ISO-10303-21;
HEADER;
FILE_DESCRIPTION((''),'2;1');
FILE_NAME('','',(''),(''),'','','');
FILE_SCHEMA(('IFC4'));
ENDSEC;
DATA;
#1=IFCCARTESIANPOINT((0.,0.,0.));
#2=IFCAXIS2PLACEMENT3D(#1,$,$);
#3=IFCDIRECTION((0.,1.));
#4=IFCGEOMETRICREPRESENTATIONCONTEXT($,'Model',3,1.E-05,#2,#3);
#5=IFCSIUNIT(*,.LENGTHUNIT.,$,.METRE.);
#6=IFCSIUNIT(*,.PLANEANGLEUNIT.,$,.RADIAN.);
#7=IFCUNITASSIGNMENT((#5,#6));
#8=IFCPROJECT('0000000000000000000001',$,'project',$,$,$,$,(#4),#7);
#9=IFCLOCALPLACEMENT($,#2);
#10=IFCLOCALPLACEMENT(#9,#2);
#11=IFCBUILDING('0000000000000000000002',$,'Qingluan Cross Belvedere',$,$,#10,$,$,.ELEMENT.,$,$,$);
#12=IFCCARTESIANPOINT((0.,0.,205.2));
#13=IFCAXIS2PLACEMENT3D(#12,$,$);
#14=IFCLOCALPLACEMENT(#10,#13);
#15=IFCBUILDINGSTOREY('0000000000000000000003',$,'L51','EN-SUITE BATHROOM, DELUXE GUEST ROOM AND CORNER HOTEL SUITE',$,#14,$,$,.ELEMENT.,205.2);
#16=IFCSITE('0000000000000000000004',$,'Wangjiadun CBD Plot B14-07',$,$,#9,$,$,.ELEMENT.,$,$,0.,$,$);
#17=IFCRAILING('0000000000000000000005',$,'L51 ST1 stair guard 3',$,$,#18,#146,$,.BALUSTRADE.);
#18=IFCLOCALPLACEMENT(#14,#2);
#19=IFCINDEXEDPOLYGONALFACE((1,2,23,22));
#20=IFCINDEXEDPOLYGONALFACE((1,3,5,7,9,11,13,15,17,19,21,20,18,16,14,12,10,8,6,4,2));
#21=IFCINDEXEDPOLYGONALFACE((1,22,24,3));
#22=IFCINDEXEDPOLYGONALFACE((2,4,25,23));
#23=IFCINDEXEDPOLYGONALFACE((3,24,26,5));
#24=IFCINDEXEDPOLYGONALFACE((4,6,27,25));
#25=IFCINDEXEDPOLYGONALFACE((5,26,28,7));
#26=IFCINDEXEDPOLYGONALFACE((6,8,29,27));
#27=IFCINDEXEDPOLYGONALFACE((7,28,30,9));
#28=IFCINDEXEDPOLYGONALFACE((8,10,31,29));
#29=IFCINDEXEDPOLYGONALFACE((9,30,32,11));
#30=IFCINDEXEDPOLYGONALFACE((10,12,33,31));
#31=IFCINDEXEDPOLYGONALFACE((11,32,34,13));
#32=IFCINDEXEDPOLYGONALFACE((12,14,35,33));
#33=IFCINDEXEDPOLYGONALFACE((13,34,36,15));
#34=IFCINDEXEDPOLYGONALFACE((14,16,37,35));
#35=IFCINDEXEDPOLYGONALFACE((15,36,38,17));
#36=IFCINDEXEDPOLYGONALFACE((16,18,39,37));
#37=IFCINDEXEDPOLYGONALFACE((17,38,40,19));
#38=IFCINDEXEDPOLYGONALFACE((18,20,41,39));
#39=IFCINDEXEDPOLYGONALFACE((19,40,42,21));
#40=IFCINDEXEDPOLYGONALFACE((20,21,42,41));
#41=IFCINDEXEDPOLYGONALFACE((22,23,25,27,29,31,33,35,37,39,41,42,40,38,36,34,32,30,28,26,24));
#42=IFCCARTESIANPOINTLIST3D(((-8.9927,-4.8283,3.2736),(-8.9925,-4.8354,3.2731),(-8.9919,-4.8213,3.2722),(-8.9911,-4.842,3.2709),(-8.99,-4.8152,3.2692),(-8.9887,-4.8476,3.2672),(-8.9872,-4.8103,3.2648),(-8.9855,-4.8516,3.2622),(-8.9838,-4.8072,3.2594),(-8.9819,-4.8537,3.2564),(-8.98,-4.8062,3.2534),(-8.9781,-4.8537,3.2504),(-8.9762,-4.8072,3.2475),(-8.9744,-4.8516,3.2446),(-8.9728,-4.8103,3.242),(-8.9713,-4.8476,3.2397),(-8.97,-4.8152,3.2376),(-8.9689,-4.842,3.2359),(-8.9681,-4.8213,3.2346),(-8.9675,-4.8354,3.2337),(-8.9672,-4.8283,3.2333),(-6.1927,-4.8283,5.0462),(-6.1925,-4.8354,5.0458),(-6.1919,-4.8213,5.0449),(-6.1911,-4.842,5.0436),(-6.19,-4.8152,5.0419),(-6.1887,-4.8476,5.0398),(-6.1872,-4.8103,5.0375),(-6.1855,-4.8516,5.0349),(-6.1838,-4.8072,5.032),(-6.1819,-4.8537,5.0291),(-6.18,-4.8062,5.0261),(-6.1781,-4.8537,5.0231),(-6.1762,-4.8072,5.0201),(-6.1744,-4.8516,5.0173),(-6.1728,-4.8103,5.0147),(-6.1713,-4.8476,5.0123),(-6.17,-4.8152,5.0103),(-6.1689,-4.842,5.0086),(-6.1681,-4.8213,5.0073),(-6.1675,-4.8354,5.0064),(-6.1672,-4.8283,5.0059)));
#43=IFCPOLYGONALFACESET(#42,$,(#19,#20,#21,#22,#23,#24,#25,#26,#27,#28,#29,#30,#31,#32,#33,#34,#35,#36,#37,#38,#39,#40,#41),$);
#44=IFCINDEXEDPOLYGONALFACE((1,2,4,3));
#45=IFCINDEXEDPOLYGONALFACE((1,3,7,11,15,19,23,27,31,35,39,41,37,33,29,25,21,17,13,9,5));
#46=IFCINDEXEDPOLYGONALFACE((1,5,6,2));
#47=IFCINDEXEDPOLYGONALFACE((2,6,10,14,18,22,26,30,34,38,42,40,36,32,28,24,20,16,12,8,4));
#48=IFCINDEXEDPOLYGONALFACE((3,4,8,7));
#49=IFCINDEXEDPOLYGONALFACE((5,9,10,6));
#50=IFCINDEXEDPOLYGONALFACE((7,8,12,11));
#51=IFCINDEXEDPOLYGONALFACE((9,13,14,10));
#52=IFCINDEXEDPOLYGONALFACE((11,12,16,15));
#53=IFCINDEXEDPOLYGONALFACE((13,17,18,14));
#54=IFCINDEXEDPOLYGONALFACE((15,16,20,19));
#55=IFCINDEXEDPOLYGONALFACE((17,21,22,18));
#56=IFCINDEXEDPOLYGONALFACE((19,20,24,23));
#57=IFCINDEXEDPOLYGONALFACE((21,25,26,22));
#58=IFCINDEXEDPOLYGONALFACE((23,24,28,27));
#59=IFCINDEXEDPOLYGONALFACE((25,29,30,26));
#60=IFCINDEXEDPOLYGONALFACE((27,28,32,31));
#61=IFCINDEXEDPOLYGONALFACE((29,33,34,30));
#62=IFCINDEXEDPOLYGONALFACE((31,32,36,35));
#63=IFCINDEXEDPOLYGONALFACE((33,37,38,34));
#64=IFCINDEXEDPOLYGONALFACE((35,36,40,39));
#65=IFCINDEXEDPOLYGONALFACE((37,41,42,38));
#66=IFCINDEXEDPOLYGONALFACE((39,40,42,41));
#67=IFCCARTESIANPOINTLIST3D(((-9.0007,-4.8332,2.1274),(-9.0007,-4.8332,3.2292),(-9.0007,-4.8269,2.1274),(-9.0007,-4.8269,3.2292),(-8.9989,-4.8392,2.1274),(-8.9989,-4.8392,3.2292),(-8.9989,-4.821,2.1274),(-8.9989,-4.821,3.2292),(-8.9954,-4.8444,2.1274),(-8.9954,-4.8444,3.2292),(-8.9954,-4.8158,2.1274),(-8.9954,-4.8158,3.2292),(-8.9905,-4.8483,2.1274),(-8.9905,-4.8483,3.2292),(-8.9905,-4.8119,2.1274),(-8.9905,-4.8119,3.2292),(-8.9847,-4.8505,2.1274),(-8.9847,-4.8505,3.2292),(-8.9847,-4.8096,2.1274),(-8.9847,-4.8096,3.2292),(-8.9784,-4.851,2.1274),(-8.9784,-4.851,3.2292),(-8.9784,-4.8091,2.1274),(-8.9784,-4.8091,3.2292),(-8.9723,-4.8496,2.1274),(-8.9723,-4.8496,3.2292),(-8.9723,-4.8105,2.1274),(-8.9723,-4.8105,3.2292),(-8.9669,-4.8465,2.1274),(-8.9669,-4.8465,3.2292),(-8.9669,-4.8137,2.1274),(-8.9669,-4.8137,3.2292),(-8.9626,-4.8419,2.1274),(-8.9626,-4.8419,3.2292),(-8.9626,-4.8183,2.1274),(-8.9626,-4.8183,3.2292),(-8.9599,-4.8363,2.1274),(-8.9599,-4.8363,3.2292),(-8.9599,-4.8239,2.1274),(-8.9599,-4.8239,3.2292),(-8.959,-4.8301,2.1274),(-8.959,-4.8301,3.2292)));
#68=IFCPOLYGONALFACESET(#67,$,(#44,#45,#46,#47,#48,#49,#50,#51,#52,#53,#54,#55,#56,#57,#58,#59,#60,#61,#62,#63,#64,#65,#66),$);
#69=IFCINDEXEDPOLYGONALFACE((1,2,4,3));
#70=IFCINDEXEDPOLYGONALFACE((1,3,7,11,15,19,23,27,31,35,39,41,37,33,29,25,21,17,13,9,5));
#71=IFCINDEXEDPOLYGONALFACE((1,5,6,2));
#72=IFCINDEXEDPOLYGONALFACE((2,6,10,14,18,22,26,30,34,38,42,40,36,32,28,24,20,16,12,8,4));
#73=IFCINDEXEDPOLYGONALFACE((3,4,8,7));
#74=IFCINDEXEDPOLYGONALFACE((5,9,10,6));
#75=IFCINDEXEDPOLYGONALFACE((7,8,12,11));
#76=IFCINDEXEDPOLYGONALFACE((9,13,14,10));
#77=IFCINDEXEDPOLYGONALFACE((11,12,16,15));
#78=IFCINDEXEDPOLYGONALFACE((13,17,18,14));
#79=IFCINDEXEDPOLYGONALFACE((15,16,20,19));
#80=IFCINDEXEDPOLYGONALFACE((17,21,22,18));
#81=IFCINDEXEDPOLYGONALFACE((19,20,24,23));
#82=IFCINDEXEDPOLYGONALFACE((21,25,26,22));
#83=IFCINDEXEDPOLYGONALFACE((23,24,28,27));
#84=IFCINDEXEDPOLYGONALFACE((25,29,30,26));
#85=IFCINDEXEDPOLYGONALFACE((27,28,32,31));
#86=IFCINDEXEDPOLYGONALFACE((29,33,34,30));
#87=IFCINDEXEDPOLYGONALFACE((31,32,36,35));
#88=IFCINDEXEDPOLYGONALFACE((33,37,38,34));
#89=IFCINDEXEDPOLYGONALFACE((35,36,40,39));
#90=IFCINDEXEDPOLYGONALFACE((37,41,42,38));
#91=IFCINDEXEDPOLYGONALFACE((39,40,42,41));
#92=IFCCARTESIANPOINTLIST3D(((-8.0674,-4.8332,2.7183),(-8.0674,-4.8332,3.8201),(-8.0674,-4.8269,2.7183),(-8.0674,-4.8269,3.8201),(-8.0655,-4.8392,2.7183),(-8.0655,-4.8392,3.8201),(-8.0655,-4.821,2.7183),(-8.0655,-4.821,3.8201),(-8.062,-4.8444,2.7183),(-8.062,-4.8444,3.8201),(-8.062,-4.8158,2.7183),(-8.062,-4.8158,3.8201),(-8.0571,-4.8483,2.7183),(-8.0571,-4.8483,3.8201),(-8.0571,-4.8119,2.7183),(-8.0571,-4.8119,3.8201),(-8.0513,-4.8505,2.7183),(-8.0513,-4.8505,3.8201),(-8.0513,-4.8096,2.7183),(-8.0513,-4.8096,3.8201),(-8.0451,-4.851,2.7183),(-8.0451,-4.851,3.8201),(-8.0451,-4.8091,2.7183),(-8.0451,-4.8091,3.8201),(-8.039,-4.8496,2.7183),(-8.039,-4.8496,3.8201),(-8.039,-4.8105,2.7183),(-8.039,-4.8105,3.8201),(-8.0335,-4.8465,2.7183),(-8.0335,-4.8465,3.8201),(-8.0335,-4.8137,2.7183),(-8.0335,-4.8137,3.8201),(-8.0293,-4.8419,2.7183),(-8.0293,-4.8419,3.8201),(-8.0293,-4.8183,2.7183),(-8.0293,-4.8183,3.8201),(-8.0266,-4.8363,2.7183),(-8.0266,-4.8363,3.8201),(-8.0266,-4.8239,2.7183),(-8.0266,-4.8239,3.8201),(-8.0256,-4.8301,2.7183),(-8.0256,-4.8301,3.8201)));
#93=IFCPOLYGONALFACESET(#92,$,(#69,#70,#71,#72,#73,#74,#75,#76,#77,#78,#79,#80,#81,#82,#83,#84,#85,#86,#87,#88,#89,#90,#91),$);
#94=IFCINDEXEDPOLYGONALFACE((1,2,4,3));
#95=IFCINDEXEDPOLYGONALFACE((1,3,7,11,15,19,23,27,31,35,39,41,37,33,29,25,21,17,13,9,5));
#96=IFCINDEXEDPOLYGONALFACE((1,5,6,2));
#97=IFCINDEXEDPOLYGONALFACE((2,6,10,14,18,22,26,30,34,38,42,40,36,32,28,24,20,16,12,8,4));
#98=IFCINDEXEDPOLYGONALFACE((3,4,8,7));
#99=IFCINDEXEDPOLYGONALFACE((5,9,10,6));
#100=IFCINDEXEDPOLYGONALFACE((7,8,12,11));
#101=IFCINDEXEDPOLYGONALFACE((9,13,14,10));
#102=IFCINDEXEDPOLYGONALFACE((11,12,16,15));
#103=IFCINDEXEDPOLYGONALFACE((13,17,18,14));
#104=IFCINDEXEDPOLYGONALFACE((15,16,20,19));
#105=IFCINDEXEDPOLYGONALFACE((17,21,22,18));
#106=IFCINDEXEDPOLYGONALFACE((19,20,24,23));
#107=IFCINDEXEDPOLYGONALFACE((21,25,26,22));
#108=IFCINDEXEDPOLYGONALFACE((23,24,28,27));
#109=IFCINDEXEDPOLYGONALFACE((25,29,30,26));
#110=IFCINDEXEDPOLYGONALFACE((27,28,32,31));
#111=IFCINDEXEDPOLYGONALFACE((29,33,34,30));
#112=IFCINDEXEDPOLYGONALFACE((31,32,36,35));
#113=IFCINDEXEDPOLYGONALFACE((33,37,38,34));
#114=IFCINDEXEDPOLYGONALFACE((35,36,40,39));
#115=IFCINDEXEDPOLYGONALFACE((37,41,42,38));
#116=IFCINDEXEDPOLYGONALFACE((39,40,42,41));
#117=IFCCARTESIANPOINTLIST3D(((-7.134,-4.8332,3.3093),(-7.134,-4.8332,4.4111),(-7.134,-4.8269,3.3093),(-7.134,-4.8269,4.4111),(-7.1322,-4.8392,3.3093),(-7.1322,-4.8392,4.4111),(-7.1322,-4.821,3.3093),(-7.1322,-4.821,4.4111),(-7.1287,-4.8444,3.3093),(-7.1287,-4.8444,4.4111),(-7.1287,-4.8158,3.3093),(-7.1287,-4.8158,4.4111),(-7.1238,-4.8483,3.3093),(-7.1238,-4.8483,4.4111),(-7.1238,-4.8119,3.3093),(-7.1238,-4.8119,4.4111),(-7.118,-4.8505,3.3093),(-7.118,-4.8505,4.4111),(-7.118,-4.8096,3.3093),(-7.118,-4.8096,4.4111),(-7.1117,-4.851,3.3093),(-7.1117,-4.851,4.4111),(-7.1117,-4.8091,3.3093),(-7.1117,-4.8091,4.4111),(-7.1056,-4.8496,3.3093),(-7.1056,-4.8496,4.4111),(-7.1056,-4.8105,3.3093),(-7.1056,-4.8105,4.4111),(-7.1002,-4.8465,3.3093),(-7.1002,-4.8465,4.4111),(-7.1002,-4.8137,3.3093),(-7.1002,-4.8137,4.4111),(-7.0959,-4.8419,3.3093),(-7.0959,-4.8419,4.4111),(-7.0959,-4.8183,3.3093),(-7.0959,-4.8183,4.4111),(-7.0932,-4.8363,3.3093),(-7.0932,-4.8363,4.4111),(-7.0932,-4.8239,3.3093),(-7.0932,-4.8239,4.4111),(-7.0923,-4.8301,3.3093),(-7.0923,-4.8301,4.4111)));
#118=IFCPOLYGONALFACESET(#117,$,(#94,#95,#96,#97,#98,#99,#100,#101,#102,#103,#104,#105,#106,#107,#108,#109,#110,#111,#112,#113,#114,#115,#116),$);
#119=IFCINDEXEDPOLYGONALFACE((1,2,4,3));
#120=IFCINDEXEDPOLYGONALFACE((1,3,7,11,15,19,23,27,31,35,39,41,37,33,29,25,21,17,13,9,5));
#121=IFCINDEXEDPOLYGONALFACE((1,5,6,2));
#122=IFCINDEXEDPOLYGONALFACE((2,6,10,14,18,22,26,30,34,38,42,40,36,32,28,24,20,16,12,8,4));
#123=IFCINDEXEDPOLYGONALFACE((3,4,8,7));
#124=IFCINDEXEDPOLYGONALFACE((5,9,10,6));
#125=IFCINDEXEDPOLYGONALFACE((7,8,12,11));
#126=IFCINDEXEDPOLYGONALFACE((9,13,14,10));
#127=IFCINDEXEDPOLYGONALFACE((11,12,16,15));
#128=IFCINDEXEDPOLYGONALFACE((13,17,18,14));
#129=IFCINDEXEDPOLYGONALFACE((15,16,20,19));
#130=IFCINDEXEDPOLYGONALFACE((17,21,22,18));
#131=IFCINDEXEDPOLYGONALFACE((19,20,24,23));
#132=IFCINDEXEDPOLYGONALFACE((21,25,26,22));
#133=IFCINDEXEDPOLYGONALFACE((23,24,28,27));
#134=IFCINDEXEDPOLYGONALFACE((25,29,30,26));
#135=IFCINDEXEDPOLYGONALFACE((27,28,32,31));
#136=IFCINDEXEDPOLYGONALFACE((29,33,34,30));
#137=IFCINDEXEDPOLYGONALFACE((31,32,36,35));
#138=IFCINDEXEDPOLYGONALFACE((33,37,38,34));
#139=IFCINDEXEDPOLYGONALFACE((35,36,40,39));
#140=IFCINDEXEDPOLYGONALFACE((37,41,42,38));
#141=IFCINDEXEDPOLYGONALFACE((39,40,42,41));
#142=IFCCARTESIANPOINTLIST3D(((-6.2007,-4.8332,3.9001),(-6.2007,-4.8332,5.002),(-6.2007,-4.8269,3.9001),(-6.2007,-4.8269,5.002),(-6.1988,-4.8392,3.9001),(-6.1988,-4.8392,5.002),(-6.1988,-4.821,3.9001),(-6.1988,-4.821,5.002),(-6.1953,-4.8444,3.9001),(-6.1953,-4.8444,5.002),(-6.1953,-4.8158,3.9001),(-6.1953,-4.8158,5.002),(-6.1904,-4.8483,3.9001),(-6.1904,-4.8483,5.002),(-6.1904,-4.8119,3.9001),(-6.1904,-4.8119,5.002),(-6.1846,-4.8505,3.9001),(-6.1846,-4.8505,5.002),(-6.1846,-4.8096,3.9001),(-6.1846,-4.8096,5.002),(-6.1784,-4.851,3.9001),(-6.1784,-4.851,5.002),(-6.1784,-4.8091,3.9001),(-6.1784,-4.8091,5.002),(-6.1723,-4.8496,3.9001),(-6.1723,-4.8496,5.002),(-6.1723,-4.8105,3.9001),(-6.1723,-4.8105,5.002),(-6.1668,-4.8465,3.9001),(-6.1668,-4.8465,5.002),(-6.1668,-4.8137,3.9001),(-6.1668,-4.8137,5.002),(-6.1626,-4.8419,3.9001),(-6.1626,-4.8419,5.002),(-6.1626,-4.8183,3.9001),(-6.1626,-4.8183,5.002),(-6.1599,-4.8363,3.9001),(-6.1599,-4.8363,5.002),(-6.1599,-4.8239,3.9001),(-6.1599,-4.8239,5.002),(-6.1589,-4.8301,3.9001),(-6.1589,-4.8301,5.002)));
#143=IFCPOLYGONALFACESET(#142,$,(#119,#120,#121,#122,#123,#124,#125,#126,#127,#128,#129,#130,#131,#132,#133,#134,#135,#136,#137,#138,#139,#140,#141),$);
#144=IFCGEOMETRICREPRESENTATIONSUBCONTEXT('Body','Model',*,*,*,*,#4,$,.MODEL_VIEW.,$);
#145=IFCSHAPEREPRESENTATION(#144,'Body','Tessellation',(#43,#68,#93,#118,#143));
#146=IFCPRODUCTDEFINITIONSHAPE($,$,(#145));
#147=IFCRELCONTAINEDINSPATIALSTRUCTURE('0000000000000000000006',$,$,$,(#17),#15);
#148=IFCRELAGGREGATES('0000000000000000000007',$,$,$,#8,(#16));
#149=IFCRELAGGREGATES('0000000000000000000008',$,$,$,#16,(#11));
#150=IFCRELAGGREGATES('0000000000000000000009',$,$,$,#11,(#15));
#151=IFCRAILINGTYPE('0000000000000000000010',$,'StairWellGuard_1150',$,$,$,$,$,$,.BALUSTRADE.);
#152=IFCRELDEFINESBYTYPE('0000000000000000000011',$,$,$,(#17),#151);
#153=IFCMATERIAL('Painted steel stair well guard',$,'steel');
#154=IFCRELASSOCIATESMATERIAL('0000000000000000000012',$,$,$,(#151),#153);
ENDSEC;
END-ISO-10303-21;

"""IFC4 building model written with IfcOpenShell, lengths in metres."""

from ifc_helpers import new_model, si_unit, direction, frame, origin, origin_2d, place, context, subcontext, project, spatial, circle, extrude, material, type_object, element, save


model = new_model("IFC4")

# Units and contexts
model_context = context("Model", 3, precision=1e-05, world=origin(), true_north=direction((0.0, 1.0)))
body_context = subcontext(model_context, "Body", "Model", "MODEL_VIEW")
ifc_project = project(units=[si_unit("LENGTHUNIT", "METRE"), si_unit("PLANEANGLEUNIT", "RADIAN")], contexts=[model_context])

# Site, building, storey
site_placement = place(None, origin())
site = spatial("IfcSite", under=ifc_project, at=site_placement, Name="Wangjiadun CBD Plot B14-07", CompositionType="ELEMENT", RefElevation=0.0)
building_placement = place(site_placement, origin())
building = spatial("IfcBuilding", under=site, at=building_placement, Name="Qingluan Cross Belvedere", CompositionType="ELEMENT")
storey_placement = place(building_placement, frame((0.0, 0.0, 205.2)))
storey = spatial("IfcBuildingStorey", under=building, at=storey_placement, Name="L51", Description="EN-SUITE BATHROOM, DELUXE GUEST ROOM AND CORNER HOTEL SUITE", CompositionType="ELEMENT", Elevation=205.2)

# Railing
ifc_material_1 = material(Name="Painted steel stair well guard", Category="steel")
railing_type_1 = type_object("IfcRailingType", Name="StairWellGuard_1150", PredefinedType="BALUSTRADE", material=ifc_material_1)
railing_1_placement = place(storey_placement, frame((-8.98, -4.8301, 2.1274)))
element("IfcRailing", 1, at=railing_1_placement, inside=storey, type_object=railing_type_1, Name="L51 ST1 stair guard 3", PredefinedType="BALUSTRADE", context=body_context, shape_type="SweptSolid", body=[
    extrude(circle(Radius=0.0239, at=origin_2d()), frame((0.0, 0.0, 1.126), z_axis=(0.844909, 0.0, 0.53491), x_axis=(0.0, 1.0, 0.0)), (0.0, 0.0, 1.0), 3.314),
    extrude(circle(Radius=0.021, at=origin_2d()), origin(), (0.0, 0.0, 1.0), 1.1018),
    extrude(circle(Radius=0.021, at=origin_2d()), frame((0.9333, 0.0, 0.5908)), (0.0, 0.0, 1.0), 1.1018),
    extrude(circle(Radius=0.021, at=origin_2d()), frame((1.8667, 0.0, 1.1819)), (0.0, 0.0, 1.0), 1.1018),
    extrude(circle(Radius=0.021, at=origin_2d()), frame((2.8, 0.0, 1.7727)), (0.0, 0.0, 1.0), 1.1018),
])

save(model, "model.ifc")
